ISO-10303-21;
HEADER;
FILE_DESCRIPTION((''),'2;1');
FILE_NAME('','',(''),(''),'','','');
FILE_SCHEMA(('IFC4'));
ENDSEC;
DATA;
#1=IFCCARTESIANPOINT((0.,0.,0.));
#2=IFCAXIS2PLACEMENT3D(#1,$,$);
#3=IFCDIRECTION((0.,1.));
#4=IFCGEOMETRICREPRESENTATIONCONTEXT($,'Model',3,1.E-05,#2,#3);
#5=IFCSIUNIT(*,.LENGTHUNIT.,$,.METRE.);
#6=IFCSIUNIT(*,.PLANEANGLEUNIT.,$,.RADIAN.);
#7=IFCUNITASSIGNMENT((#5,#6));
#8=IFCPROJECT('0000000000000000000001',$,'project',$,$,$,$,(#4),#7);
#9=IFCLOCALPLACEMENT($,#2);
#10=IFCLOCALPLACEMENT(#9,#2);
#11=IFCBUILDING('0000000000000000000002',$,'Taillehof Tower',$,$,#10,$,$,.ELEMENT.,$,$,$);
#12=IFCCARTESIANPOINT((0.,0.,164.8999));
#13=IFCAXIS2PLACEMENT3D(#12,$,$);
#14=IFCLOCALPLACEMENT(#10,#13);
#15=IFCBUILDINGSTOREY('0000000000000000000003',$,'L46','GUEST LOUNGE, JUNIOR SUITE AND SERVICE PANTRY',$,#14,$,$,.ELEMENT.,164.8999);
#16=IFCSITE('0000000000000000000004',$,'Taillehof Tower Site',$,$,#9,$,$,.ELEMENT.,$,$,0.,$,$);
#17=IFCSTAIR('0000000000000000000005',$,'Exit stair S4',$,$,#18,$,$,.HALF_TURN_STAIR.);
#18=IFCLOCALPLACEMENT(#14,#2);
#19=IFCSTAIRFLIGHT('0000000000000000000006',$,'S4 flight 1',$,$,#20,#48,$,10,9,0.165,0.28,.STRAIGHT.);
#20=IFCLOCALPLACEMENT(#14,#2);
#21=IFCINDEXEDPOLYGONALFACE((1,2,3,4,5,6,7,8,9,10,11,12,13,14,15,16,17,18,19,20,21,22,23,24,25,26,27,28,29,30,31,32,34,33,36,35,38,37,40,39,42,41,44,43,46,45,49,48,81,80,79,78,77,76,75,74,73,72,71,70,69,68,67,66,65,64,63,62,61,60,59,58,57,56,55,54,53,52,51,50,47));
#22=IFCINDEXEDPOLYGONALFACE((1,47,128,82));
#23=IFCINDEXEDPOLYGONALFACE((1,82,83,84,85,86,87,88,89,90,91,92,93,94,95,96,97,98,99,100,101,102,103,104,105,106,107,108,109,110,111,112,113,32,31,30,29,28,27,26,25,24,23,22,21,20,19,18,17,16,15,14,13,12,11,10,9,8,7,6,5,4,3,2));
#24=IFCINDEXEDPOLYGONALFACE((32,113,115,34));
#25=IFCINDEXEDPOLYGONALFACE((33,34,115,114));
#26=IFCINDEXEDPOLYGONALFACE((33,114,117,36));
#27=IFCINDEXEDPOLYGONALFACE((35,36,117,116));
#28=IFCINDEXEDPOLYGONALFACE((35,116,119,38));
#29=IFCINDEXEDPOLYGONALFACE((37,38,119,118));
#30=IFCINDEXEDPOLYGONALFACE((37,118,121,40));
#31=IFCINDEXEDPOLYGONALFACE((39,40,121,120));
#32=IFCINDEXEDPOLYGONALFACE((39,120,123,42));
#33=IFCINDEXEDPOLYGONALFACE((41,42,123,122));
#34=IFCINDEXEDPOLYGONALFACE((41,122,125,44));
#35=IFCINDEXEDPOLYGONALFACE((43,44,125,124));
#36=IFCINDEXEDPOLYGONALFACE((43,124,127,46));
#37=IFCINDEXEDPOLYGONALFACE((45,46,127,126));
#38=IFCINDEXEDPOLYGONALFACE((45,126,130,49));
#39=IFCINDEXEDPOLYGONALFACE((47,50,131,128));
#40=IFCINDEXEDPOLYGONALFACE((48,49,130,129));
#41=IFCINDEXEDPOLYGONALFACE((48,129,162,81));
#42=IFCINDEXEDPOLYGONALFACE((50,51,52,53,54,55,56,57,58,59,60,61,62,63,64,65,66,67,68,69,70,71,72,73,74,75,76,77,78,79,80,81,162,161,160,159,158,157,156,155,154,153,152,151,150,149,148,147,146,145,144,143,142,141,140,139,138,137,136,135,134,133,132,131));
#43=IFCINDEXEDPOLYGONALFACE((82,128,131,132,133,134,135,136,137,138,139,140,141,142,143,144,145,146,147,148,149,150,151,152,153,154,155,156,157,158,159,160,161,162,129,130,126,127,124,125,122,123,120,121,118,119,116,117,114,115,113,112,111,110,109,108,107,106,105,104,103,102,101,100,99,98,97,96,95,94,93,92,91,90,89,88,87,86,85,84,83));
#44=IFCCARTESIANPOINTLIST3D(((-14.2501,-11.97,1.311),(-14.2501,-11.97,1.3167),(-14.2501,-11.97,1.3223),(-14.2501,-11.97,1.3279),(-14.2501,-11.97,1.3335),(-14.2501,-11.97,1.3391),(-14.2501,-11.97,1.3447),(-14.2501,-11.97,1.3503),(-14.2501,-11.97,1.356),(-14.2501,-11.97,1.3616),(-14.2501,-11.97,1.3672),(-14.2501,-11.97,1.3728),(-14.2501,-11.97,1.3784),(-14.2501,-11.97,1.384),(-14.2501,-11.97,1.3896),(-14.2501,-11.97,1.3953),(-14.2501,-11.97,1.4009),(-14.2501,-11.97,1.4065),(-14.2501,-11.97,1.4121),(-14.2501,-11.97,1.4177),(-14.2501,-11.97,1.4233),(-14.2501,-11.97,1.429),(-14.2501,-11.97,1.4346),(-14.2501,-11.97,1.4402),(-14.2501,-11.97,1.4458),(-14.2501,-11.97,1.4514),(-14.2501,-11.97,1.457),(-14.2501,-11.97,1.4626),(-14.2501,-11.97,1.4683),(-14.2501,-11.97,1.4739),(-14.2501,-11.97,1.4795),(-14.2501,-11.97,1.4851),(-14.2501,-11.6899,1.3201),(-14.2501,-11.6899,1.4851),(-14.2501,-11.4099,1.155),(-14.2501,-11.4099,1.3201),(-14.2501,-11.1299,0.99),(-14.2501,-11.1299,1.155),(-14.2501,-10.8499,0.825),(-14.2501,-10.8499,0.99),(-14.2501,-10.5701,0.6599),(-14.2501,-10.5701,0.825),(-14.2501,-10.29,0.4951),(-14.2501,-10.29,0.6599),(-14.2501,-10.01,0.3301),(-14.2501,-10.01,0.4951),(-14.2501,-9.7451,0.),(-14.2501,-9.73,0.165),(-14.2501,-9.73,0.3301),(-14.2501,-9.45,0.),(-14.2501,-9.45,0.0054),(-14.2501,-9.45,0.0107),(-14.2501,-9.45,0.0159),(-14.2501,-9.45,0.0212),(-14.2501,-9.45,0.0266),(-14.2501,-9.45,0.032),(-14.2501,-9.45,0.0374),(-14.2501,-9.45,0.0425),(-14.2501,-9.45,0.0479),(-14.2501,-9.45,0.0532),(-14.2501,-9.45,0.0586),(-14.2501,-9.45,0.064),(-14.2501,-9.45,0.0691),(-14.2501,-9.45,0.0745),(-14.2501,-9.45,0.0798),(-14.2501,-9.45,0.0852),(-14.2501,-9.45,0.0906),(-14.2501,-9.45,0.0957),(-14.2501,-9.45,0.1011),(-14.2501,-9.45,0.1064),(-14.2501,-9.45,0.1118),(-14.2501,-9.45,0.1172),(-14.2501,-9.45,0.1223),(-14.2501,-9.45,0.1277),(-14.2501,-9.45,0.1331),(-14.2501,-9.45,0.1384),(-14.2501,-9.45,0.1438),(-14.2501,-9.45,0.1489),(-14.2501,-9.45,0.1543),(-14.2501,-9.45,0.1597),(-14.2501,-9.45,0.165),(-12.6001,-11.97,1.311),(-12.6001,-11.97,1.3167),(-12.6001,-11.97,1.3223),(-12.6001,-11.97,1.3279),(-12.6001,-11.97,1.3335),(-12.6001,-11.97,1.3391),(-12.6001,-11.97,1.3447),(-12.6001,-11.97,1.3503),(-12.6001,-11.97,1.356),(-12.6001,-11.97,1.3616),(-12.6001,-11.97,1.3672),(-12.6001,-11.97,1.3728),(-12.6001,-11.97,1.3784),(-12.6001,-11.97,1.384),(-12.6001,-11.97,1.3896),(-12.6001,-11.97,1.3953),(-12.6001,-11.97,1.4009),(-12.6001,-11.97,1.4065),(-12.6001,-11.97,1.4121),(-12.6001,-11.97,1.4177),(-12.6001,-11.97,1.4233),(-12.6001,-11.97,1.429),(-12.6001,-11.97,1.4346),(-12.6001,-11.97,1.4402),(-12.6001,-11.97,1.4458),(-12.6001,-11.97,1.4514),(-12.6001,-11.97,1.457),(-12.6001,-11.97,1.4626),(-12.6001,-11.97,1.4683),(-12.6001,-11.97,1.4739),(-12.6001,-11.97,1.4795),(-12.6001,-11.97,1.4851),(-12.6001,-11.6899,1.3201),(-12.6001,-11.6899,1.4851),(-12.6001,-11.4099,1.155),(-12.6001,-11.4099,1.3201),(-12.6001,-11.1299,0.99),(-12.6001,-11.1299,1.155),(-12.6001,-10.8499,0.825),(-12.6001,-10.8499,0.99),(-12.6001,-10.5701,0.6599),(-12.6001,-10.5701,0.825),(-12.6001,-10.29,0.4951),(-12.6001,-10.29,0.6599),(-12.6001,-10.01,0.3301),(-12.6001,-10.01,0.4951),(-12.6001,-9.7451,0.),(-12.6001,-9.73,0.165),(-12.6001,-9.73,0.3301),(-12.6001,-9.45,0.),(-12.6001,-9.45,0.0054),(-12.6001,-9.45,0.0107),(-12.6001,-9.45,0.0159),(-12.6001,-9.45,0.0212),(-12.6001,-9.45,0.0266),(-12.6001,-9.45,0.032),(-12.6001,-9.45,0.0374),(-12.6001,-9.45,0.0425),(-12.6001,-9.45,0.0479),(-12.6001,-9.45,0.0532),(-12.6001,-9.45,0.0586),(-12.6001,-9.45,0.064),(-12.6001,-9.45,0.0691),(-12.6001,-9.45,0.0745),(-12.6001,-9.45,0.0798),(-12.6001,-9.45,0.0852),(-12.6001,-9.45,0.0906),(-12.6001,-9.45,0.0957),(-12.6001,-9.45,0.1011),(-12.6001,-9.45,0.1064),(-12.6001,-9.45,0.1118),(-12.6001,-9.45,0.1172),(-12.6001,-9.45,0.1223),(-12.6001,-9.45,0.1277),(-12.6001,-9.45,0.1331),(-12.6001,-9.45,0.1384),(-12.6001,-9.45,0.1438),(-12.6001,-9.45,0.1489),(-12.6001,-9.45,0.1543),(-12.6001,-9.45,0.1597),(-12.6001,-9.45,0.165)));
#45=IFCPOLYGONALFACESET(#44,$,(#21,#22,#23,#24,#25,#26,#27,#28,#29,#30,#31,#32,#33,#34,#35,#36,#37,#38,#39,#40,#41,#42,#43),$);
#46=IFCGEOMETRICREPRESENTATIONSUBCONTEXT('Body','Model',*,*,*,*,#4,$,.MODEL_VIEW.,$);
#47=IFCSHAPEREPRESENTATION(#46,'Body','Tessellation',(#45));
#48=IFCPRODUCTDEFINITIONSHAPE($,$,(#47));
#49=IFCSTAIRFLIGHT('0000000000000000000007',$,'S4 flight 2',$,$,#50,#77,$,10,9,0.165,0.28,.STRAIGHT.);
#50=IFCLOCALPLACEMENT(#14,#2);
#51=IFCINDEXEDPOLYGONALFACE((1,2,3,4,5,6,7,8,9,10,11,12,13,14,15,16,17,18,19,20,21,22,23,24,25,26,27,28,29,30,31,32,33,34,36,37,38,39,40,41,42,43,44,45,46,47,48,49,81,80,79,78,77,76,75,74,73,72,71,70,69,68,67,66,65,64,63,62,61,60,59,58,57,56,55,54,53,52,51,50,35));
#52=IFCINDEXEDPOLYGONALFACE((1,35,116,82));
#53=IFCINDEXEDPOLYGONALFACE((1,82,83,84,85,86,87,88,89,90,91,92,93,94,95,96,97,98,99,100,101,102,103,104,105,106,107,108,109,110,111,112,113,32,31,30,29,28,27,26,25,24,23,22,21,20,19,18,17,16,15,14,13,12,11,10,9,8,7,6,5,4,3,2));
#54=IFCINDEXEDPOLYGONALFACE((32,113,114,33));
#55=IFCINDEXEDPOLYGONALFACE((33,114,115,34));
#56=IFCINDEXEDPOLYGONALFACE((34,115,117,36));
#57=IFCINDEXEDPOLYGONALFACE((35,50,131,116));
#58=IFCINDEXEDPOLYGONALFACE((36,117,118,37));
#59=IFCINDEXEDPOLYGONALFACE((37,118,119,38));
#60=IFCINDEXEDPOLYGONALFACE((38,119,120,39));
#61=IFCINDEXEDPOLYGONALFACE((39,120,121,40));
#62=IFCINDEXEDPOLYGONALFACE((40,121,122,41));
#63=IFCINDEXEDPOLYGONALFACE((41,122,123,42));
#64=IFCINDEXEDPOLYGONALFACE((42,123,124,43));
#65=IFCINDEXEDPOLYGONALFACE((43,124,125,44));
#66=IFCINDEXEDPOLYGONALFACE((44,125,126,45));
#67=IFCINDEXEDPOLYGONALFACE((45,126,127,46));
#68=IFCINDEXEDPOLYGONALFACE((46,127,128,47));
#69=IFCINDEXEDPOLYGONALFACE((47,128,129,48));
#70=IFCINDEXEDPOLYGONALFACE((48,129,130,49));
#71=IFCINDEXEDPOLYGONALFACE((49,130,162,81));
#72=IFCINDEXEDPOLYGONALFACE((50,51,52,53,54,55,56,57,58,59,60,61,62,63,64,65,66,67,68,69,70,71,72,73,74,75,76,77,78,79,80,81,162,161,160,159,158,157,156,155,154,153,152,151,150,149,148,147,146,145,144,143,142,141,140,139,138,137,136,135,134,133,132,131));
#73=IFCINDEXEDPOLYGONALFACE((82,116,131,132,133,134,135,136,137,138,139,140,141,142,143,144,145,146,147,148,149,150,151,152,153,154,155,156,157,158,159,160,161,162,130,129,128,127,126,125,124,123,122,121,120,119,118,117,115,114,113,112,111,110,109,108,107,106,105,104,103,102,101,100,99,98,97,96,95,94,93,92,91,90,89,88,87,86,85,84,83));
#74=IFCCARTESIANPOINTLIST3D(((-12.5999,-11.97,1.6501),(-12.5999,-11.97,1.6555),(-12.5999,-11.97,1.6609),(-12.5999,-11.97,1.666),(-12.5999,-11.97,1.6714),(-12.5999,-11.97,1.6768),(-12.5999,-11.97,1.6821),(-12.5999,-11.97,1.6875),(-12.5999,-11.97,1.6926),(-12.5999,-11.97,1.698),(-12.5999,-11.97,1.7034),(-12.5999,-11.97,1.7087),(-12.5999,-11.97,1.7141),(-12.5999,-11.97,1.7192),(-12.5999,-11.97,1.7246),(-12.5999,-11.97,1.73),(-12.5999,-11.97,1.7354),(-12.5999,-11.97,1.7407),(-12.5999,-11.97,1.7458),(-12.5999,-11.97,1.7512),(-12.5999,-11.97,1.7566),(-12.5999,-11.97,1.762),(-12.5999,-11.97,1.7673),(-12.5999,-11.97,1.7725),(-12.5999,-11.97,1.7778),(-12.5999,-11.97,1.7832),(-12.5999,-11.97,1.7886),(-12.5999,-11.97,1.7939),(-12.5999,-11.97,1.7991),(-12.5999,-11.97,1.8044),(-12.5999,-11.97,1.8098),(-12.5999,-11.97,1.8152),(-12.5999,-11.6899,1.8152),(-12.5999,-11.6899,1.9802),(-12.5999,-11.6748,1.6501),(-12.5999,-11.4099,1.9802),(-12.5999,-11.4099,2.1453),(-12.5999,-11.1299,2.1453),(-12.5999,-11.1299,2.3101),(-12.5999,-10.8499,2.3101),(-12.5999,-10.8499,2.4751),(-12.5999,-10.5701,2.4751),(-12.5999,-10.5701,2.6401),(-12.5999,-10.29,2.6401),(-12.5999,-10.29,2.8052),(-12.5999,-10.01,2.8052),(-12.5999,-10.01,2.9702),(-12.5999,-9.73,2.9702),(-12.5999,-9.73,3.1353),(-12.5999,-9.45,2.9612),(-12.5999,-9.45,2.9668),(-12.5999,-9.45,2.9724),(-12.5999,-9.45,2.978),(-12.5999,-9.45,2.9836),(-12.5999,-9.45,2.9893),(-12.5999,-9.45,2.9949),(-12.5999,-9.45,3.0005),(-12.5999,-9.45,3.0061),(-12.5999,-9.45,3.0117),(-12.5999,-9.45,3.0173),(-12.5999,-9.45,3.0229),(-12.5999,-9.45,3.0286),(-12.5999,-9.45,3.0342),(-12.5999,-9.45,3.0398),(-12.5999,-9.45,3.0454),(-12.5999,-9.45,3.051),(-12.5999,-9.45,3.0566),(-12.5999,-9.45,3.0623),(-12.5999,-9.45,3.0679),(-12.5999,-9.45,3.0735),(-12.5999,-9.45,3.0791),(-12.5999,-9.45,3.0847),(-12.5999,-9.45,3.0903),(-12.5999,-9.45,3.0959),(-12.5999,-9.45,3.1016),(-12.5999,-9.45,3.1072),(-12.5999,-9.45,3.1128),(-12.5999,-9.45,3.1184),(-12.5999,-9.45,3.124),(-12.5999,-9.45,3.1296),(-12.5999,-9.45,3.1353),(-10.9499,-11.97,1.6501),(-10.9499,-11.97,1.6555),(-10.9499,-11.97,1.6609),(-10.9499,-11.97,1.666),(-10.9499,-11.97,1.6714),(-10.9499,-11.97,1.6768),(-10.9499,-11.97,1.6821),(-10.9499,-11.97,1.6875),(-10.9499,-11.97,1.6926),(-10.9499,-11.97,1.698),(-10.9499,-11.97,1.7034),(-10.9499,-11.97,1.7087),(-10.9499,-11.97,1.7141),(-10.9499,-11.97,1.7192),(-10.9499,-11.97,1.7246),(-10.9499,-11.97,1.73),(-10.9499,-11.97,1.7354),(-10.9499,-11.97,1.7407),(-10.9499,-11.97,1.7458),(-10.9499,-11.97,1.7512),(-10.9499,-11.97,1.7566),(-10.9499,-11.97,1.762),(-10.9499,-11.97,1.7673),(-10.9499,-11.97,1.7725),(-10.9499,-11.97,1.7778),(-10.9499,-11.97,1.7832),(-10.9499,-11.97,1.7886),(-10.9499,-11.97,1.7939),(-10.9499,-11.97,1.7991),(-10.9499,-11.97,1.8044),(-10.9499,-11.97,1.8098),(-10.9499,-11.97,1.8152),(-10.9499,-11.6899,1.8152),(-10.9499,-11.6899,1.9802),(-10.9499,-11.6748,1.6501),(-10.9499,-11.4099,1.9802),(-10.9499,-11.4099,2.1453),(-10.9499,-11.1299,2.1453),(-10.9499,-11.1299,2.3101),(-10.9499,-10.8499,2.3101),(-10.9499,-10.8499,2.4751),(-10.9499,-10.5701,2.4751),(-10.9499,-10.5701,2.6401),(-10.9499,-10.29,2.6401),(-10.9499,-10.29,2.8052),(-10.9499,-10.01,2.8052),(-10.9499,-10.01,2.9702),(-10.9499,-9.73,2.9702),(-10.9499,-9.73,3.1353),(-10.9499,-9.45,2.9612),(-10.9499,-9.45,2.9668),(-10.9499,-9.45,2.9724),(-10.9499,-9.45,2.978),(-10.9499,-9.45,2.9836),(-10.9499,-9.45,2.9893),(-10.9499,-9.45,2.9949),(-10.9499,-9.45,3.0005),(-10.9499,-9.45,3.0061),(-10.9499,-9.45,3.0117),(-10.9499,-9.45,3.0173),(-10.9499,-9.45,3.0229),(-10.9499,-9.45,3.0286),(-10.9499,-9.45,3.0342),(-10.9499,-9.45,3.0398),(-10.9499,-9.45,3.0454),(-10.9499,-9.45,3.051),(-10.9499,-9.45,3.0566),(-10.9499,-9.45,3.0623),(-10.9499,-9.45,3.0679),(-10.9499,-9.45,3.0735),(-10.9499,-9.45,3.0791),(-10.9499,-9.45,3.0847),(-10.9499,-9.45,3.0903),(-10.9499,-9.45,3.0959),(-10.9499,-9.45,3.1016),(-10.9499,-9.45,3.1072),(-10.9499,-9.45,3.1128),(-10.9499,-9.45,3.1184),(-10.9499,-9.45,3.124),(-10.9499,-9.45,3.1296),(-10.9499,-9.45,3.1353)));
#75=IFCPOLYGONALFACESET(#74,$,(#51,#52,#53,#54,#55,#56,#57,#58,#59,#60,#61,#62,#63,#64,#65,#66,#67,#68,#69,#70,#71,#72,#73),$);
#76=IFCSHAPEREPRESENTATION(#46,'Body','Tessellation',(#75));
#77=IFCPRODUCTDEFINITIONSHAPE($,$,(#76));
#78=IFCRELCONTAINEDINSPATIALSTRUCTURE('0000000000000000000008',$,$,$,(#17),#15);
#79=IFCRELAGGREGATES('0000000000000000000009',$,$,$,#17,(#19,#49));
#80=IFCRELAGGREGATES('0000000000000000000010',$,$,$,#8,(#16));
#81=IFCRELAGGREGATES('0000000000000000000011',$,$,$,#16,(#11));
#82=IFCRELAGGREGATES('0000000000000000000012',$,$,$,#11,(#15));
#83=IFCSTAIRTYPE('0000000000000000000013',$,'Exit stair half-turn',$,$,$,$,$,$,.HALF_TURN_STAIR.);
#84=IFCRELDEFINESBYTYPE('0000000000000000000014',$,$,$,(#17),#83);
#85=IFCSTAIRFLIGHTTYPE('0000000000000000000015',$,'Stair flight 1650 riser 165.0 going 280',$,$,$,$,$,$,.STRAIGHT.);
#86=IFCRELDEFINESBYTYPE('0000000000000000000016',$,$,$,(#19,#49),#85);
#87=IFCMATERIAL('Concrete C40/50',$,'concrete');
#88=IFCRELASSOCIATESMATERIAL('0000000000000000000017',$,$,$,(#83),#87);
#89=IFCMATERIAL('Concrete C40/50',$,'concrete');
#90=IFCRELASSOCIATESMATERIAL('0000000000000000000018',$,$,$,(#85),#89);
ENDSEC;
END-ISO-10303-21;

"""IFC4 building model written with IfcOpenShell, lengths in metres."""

from ifc_helpers import new_model, si_unit, direction, frame, origin, place, context, subcontext, project, spatial, polyline, outline, extrude, material, type_object, element, aggregate, save


model = new_model("IFC4")

# Units and contexts
model_context = context("Model", 3, precision=1e-05, world=origin(), true_north=direction((0.0, 1.0)))
body_context = subcontext(model_context, "Body", "Model", "MODEL_VIEW")
ifc_project = project(units=[si_unit("LENGTHUNIT", "METRE"), si_unit("PLANEANGLEUNIT", "RADIAN")], contexts=[model_context])

# Site, building, storey
site_placement = place(None, origin())
site = spatial("IfcSite", under=ifc_project, at=site_placement, Name="Taillehof Tower Site", CompositionType="ELEMENT", RefElevation=0.0)
building_placement = place(site_placement, origin())
building = spatial("IfcBuilding", under=site, at=building_placement, Name="Taillehof Tower", CompositionType="ELEMENT")
storey_placement = place(building_placement, frame((0.0, 0.0, 164.8999)))
storey = spatial("IfcBuildingStorey", under=building, at=storey_placement, Name="L46", Description="GUEST LOUNGE, JUNIOR SUITE AND SERVICE PANTRY", CompositionType="ELEMENT", Elevation=164.8999)

# Stair, stair flights
ifc_material_1 = material(Name="Concrete C40/50", Category="concrete")
stair_type = type_object("IfcStairType", Name="Exit stair half-turn", PredefinedType="HALF_TURN_STAIR", material=ifc_material_1)
stair_placement = place(storey_placement, origin())
stair = element("IfcStair", 1, at=stair_placement, inside=storey, type_object=stair_type, Name="Exit stair S4", PredefinedType="HALF_TURN_STAIR")
ifc_material_2 = material(Name="Concrete C40/50", Category="concrete")
stair_flight_type = type_object("IfcStairFlightType", Name="Stair flight 1650 riser 165.0 going 280", PredefinedType="STRAIGHT", material=ifc_material_2)
stair_flight_1_placement = place(storey_placement, frame((-13.425, -9.45, 0.0), z_axis=(0.0, 0.0, 1.0), x_axis=(0.0, -1.0, 0.0)))
stair_flight_1 = element("IfcStairFlight", 2, at=stair_flight_1_placement, type_object=stair_flight_type, Name="S4 flight 1", NumberOfRisers=10, NumberOfTreads=9, PredefinedType="STRAIGHT", RiserHeight=0.165, TreadLength=0.28, context=body_context, shape_type="SweptSolid", body=[
    extrude(outline(polyline([(0.0, 0.0), (0.0, 0.0054), (0.0, 0.0107), (0.0, 0.0159), (0.0, 0.0212), (0.0, 0.0266), (0.0, 0.032), (0.0, 0.0374), (0.0, 0.0425), (0.0, 0.0479), (0.0, 0.0532), (0.0, 0.0586), (0.0, 0.064), (0.0, 0.0691), (0.0, 0.0745), (0.0, 0.0798), (0.0, 0.0852), (0.0, 0.0906), (0.0, 0.0957), (0.0, 0.1011), (0.0, 0.1064), (0.0, 0.1118), (0.0, 0.1172), (0.0, 0.1223), (0.0, 0.1277), (0.0, 0.1331), (0.0, 0.1384), (0.0, 0.1438), (0.0, 0.1489), (0.0, 0.1543), (0.0, 0.1597), (0.0, 0.165), (0.28, 0.165), (0.28, 0.3301), (0.5601, 0.3301), (0.5601, 0.4951), (0.8401, 0.4951), (0.8401, 0.6599), (1.1201, 0.6599), (1.1201, 0.825), (1.3999, 0.825), (1.3999, 0.99), (1.6799, 0.99), (1.6799, 1.155), (1.96, 1.155), (1.96, 1.3201), (2.24, 1.3201), (2.24, 1.4851), (2.52, 1.4851), (2.52, 1.4795), (2.52, 1.4739), (2.52, 1.4683), (2.52, 1.4626), (2.52, 1.457), (2.52, 1.4514), (2.52, 1.4458), (2.52, 1.4402), (2.52, 1.4346), (2.52, 1.429), (2.52, 1.4233), (2.52, 1.4177), (2.52, 1.4121), (2.52, 1.4065), (2.52, 1.4009), (2.52, 1.3953), (2.52, 1.3896), (2.52, 1.384), (2.52, 1.3784), (2.52, 1.3728), (2.52, 1.3672), (2.52, 1.3616), (2.52, 1.356), (2.52, 1.3503), (2.52, 1.3447), (2.52, 1.3391), (2.52, 1.3335), (2.52, 1.3279), (2.52, 1.3223), (2.52, 1.3167), (2.52, 1.311), (0.2952, 0.0), (0.0, 0.0)])), frame((0.0, 0.825, 0.0), z_axis=(0.0, -1.0, 0.0), x_axis=(1.0, 0.0, 0.0)), (0.0, 0.0, 1.0), 1.65),
])
stair_flight_2_placement = place(storey_placement, frame((-11.7749, -11.97, 1.6501), z_axis=(0.0, 0.0, 1.0), x_axis=(0.0, 1.0, 0.0)))
stair_flight_2 = element("IfcStairFlight", 3, at=stair_flight_2_placement, type_object=stair_flight_type, Name="S4 flight 2", NumberOfRisers=10, NumberOfTreads=9, PredefinedType="STRAIGHT", RiserHeight=0.165, TreadLength=0.28, context=body_context, shape_type="SweptSolid", body=[
    extrude(outline(polyline([(0.0, 0.0), (0.0, 0.0054), (0.0, 0.0107), (0.0, 0.0159), (0.0, 0.0212), (0.0, 0.0266), (0.0, 0.032), (0.0, 0.0374), (0.0, 0.0425), (0.0, 0.0479), (0.0, 0.0532), (0.0, 0.0586), (0.0, 0.064), (0.0, 0.0691), (0.0, 0.0745), (0.0, 0.0798), (0.0, 0.0852), (0.0, 0.0906), (0.0, 0.0957), (0.0, 0.1011), (0.0, 0.1064), (0.0, 0.1118), (0.0, 0.1172), (0.0, 0.1223), (0.0, 0.1277), (0.0, 0.1331), (0.0, 0.1384), (0.0, 0.1438), (0.0, 0.1489), (0.0, 0.1543), (0.0, 0.1597), (0.0, 0.165), (0.28, 0.165), (0.28, 0.3301), (0.5601, 0.3301), (0.5601, 0.4951), (0.8401, 0.4951), (0.8401, 0.6599), (1.1201, 0.6599), (1.1201, 0.825), (1.3999, 0.825), (1.3999, 0.99), (1.6799, 0.99), (1.6799, 1.155), (1.96, 1.155), (1.96, 1.3201), (2.24, 1.3201), (2.24, 1.4851), (2.52, 1.4851), (2.52, 1.4795), (2.52, 1.4739), (2.52, 1.4683), (2.52, 1.4626), (2.52, 1.457), (2.52, 1.4514), (2.52, 1.4458), (2.52, 1.4402), (2.52, 1.4346), (2.52, 1.429), (2.52, 1.4233), (2.52, 1.4177), (2.52, 1.4121), (2.52, 1.4065), (2.52, 1.4009), (2.52, 1.3953), (2.52, 1.3896), (2.52, 1.384), (2.52, 1.3784), (2.52, 1.3728), (2.52, 1.3672), (2.52, 1.3616), (2.52, 1.356), (2.52, 1.3503), (2.52, 1.3447), (2.52, 1.3391), (2.52, 1.3335), (2.52, 1.3279), (2.52, 1.3223), (2.52, 1.3167), (2.52, 1.311), (0.2952, 0.0), (0.0, 0.0)])), frame((0.0, 0.825, 0.0), z_axis=(0.0, -1.0, 0.0), x_axis=(1.0, 0.0, 0.0)), (0.0, 0.0, 1.0), 1.65),
])
aggregate(stair, [stair_flight_1, stair_flight_2])

save(model, "model.ifc")
